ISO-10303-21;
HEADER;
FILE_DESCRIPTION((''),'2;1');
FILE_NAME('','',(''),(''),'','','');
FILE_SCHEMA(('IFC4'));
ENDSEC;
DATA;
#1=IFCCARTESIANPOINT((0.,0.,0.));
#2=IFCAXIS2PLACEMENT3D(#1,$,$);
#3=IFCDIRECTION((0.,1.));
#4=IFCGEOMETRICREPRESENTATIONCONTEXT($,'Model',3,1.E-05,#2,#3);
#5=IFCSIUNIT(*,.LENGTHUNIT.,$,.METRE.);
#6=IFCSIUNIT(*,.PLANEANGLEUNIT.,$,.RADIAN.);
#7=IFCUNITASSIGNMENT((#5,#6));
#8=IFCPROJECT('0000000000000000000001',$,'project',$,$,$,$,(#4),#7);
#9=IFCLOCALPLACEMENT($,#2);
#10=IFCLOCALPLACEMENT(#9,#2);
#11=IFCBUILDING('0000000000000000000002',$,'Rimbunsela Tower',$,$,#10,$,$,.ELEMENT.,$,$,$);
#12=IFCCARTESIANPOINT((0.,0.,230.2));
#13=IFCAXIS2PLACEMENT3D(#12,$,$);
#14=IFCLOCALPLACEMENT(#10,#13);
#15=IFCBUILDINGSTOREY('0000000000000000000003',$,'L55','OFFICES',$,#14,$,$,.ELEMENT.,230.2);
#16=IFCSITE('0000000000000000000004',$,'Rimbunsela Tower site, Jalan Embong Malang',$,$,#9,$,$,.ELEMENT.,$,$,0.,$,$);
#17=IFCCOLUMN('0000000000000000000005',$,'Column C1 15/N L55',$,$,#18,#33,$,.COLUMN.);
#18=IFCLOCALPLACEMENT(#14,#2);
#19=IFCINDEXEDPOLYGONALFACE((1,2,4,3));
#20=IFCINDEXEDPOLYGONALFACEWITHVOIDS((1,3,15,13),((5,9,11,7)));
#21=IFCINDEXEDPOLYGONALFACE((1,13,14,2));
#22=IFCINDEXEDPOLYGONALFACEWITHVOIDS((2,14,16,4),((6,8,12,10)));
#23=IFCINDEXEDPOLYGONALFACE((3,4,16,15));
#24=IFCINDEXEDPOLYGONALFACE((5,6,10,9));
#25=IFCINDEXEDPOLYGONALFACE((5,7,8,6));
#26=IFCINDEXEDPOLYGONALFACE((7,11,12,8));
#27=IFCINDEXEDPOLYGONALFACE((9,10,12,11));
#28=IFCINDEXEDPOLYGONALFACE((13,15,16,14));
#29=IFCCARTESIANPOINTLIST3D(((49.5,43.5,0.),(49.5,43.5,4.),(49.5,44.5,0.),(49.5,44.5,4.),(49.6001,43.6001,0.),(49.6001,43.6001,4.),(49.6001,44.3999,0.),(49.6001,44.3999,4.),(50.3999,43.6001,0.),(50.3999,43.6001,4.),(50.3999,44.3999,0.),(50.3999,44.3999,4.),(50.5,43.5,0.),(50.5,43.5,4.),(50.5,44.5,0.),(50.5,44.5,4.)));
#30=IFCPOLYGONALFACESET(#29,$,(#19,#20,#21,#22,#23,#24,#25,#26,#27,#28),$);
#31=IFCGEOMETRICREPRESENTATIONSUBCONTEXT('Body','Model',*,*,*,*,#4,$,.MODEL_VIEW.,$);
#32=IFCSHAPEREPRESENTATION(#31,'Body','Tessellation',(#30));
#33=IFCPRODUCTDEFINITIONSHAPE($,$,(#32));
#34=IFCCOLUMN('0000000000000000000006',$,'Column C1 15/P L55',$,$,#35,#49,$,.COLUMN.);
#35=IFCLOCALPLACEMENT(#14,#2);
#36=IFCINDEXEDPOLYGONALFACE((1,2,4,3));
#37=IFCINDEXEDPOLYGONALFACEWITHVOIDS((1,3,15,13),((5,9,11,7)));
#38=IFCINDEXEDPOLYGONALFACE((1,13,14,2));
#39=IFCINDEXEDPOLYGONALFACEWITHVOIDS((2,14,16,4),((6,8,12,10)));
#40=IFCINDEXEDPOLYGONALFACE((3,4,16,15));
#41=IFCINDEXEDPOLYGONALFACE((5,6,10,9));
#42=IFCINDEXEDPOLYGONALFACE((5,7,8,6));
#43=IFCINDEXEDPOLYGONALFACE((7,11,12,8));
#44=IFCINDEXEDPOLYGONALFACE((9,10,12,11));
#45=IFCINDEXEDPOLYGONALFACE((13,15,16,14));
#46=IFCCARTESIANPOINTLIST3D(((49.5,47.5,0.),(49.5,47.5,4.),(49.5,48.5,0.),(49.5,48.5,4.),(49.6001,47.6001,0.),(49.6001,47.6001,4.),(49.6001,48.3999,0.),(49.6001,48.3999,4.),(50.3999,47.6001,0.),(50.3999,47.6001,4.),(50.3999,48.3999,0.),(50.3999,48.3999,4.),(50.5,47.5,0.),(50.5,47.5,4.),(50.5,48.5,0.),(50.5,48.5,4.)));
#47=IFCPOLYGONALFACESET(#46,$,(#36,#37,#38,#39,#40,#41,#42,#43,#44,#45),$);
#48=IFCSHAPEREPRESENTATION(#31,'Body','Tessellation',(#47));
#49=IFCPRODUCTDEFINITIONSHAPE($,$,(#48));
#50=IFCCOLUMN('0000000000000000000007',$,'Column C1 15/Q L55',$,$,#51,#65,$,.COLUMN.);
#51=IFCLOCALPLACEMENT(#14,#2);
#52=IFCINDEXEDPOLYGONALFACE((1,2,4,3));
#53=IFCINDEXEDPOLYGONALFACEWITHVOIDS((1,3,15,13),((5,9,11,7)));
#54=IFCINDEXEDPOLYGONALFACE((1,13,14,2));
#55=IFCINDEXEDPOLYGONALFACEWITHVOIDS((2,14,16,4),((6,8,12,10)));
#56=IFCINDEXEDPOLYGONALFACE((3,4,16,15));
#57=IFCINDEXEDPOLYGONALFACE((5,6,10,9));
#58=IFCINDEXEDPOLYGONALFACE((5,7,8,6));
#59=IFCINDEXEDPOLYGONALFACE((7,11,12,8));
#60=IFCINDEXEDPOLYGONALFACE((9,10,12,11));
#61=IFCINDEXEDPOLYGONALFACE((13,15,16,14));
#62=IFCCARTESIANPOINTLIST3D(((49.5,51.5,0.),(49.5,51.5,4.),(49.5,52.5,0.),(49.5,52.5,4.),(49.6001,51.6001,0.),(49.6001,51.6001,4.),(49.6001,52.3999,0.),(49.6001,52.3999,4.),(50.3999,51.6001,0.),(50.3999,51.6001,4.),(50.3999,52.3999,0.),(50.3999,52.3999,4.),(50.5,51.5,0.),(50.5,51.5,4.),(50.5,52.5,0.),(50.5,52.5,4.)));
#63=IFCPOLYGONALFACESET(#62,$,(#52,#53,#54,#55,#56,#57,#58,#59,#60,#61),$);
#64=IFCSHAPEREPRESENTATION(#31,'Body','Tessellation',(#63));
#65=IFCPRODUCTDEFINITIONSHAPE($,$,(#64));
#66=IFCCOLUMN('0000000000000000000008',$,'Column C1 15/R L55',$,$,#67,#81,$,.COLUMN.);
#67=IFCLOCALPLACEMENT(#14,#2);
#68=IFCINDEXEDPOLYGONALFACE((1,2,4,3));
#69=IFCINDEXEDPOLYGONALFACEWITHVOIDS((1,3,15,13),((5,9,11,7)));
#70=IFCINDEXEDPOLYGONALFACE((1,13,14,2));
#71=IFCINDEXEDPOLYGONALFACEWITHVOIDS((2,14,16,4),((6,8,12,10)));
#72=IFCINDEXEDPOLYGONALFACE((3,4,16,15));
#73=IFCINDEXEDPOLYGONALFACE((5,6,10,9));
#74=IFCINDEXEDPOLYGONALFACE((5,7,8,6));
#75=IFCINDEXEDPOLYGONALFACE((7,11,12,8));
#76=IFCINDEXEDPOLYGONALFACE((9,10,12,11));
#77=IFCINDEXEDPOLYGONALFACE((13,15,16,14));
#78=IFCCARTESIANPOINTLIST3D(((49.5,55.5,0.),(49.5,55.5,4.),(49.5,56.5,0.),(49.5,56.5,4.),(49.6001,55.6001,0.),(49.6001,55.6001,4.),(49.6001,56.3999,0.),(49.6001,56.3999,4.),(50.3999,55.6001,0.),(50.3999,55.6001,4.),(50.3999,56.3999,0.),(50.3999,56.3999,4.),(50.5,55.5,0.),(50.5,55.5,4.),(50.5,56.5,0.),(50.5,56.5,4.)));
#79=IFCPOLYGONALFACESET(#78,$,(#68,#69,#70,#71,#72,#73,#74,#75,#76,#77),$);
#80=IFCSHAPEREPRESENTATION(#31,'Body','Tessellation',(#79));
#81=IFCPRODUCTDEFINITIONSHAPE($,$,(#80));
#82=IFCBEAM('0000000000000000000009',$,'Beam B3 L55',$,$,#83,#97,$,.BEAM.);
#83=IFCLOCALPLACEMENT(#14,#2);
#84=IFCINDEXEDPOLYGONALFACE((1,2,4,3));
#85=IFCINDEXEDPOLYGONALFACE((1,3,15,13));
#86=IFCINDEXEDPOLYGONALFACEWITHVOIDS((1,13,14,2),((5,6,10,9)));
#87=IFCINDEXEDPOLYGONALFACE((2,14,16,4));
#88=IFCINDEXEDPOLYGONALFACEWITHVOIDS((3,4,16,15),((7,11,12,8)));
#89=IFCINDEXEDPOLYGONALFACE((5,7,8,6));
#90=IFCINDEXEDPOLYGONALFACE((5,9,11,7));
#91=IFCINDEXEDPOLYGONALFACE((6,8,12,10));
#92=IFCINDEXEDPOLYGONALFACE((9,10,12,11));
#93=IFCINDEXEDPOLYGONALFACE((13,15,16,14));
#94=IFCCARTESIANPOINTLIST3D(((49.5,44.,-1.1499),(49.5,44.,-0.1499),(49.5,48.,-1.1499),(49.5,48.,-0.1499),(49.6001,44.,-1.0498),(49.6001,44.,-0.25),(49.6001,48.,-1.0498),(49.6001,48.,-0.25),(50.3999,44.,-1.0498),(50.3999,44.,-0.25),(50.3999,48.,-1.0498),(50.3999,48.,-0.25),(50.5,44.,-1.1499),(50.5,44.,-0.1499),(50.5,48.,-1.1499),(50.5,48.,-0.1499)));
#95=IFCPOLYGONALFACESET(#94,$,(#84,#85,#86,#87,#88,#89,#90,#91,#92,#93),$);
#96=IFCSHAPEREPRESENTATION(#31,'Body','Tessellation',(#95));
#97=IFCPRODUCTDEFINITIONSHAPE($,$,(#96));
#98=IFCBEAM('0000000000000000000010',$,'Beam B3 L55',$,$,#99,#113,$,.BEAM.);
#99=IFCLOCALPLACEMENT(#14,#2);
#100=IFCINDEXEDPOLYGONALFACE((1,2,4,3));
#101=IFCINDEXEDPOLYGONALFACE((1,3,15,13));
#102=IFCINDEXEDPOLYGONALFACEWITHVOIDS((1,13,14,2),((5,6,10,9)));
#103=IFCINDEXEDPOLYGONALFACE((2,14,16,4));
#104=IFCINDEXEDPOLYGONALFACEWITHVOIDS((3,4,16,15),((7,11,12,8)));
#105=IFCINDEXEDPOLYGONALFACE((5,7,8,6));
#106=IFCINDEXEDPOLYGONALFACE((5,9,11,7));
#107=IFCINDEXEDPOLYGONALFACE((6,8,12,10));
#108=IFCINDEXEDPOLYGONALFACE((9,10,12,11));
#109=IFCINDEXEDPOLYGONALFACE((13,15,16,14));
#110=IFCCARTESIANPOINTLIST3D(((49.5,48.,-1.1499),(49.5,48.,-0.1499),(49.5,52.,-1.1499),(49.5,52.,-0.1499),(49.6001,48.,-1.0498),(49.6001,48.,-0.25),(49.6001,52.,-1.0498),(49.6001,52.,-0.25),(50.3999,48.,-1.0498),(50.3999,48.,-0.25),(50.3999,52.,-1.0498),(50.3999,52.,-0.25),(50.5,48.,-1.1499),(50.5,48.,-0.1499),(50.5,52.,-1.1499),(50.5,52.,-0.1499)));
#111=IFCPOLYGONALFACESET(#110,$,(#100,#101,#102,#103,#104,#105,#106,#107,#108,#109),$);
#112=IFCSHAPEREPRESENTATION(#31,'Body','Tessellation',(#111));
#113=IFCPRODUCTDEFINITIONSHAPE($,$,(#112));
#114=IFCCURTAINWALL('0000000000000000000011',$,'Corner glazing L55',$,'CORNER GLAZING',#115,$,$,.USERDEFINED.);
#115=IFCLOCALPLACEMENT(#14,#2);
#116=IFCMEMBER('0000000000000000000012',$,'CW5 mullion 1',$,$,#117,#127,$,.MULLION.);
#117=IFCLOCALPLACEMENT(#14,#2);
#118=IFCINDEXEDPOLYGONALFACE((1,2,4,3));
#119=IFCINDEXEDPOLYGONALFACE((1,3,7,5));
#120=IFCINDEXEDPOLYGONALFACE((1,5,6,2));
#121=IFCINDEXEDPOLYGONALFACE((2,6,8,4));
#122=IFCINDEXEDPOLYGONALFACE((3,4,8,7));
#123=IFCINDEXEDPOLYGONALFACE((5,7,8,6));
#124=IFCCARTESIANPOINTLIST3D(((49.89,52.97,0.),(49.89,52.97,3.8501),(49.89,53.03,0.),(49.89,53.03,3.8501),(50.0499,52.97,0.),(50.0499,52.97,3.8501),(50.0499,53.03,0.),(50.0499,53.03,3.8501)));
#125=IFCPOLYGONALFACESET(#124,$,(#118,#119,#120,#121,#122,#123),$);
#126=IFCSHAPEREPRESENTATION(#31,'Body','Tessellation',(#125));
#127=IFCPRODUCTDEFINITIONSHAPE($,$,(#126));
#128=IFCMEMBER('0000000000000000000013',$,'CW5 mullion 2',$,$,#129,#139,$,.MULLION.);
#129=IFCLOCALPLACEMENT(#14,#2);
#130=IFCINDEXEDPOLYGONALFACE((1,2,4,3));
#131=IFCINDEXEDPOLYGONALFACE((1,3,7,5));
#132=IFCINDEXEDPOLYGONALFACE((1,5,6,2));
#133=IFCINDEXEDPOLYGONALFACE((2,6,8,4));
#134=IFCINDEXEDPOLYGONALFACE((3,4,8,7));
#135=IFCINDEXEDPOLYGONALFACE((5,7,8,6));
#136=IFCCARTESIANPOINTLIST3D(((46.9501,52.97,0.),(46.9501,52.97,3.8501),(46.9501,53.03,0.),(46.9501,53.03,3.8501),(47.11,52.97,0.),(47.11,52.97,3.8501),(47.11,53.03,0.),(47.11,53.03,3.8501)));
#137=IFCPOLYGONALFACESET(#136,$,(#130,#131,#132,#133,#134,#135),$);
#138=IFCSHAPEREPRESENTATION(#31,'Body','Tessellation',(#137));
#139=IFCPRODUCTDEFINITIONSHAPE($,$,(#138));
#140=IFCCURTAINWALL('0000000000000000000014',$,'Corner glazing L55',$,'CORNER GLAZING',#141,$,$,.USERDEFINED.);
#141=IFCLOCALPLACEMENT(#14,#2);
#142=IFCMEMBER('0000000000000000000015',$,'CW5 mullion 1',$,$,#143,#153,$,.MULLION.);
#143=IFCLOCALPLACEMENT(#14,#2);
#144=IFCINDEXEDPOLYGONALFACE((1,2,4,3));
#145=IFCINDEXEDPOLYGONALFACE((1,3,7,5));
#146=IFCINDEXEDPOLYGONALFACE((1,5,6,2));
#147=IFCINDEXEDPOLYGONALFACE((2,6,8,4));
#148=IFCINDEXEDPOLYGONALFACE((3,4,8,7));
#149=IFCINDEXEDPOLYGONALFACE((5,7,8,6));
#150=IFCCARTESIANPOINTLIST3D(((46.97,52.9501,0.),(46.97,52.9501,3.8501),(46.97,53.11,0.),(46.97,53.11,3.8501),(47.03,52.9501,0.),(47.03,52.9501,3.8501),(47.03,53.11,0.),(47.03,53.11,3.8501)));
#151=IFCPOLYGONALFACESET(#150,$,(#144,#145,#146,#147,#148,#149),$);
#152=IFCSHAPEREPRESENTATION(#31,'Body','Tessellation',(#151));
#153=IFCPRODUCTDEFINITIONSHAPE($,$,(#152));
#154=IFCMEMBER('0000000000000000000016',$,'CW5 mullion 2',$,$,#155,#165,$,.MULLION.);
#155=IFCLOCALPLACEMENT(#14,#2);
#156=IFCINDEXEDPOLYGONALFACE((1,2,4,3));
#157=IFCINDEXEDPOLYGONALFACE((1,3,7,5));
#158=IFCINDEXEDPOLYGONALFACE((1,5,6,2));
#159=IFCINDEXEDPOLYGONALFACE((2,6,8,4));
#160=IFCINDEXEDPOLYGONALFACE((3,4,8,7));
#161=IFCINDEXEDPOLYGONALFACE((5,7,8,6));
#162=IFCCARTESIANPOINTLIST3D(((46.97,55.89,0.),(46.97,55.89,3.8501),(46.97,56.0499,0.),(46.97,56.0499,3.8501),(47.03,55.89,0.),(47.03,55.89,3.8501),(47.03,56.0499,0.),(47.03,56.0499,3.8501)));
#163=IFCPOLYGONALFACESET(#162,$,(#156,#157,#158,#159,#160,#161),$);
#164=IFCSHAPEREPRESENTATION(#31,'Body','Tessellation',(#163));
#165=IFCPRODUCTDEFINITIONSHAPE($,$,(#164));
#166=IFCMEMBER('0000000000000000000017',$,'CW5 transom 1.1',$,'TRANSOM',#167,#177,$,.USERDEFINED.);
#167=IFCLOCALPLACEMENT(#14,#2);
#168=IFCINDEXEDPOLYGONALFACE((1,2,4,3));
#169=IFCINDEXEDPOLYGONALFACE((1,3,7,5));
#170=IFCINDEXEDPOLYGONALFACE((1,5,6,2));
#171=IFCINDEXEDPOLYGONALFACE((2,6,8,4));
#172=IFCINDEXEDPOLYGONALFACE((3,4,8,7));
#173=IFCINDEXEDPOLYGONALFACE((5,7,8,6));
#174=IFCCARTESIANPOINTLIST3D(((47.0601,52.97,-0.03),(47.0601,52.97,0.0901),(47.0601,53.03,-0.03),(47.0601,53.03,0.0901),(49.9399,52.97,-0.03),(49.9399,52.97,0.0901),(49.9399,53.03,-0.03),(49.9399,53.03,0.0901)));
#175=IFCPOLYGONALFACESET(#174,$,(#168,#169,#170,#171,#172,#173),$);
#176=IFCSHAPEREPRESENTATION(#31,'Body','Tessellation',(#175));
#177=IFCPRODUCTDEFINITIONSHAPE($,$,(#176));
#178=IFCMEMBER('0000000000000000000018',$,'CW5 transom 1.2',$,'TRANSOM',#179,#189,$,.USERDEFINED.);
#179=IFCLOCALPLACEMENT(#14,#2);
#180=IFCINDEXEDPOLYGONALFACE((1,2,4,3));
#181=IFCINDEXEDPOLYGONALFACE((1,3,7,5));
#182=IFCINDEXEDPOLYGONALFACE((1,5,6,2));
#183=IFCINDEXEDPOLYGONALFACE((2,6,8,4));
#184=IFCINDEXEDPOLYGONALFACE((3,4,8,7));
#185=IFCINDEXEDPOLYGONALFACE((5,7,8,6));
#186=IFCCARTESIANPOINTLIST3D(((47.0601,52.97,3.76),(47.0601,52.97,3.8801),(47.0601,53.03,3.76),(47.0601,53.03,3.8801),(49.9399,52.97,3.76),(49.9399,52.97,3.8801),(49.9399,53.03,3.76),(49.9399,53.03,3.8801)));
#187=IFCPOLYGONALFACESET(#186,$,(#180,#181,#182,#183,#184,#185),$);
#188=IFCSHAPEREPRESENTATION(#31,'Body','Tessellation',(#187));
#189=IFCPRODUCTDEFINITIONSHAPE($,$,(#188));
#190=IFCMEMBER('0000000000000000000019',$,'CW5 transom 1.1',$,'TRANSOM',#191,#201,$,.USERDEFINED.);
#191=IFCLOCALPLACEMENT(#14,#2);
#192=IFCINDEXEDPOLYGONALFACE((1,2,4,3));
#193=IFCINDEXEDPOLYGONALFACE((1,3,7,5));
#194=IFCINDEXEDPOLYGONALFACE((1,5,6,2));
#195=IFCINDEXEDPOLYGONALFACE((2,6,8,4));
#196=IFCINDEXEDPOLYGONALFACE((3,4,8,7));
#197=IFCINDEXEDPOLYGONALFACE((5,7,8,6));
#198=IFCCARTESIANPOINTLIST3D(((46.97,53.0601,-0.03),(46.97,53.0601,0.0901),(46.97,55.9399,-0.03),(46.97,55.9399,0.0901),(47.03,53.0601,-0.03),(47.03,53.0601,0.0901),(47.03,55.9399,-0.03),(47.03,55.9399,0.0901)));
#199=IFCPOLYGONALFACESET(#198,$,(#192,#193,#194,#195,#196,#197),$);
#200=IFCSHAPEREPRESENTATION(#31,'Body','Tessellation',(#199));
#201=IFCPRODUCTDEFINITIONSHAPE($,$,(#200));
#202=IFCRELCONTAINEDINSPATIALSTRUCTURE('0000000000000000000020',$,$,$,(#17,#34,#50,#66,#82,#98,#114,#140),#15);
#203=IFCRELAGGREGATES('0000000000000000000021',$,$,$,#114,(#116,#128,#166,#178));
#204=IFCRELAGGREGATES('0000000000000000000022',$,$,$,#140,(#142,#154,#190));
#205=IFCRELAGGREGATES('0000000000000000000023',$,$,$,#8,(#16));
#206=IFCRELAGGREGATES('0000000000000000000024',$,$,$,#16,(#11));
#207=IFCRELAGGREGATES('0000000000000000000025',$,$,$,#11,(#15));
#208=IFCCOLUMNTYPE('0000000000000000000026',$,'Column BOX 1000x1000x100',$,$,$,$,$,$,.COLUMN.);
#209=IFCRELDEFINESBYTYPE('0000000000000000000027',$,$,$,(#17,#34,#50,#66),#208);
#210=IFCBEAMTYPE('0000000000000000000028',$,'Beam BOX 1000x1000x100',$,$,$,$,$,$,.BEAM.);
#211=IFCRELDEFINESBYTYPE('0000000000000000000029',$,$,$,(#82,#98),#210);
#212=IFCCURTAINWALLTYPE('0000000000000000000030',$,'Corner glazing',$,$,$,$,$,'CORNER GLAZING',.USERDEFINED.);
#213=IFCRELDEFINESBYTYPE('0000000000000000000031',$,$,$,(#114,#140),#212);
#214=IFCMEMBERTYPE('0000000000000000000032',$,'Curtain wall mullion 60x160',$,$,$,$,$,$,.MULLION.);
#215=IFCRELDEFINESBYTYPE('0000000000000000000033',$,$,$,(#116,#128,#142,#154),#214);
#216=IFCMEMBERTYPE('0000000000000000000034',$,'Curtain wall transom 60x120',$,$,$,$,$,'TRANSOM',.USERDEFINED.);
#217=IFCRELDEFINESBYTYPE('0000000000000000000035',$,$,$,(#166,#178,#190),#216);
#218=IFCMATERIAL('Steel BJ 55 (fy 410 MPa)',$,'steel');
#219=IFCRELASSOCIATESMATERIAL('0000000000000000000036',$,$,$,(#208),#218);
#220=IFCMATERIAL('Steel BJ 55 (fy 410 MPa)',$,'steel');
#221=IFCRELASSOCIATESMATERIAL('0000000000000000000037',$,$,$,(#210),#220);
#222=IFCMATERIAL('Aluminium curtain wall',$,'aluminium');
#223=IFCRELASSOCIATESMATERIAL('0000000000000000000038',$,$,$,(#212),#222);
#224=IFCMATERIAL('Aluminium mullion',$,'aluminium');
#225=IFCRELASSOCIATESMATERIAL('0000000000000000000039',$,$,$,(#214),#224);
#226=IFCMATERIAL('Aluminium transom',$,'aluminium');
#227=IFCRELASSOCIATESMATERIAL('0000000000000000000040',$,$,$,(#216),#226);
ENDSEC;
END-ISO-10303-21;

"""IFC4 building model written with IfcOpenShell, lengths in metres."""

from ifc_helpers import new_model, si_unit, direction, frame, origin, origin_2d, place, context, subcontext, project, spatial, rectangle, hollow_rectangle, extrude, material, material_profile, profile_set, type_object, element, aggregate, save


model = new_model("IFC4")

# Units and contexts
model_context = context("Model", 3, precision=1e-05, world=origin(), true_north=direction((0.0, 1.0)))
body_context = subcontext(model_context, "Body", "Model", "MODEL_VIEW")
ifc_project = project(units=[si_unit("LENGTHUNIT", "METRE"), si_unit("PLANEANGLEUNIT", "RADIAN")], contexts=[model_context])

# Site, building, storey
site_placement = place(None, origin())
site = spatial("IfcSite", under=ifc_project, at=site_placement, Name="Rimbunsela Tower site, Jalan Embong Malang", CompositionType="ELEMENT", RefElevation=0.0)
building_placement = place(site_placement, origin())
building = spatial("IfcBuilding", under=site, at=building_placement, Name="Rimbunsela Tower", CompositionType="ELEMENT")
storey_placement = place(building_placement, frame((0.0, 0.0, 230.2)))
storey = spatial("IfcBuildingStorey", under=building, at=storey_placement, Name="L55", Description="OFFICES", CompositionType="ELEMENT", Elevation=230.2)

# Columns
ifc_material_1 = material(Name="Steel BJ 55 (fy 410 MPa)", Category="steel")
ifc_material_profile_1 = material_profile(ifc_material_1, hollow_rectangle(XDim=1.0, YDim=1.0, WallThickness=0.1001, at=origin_2d()), Name="BOX 1000x1000x100")
ifc_profile_set_1 = profile_set([ifc_material_profile_1], Name="Steel BJ 55 (fy 410 MPa)")
column_type = type_object("IfcColumnType", Name="Column BOX 1000x1000x100", PredefinedType="COLUMN", material=ifc_profile_set_1)
for number, where, z_axis, x_axis, name in (
    (1, (50.0, 44.0, 0.0), (0.0, 0.0, 1.0), (1.0, 0.0, 0.0), "Column C1 15/N L55"),
    (2, (50.0, 48.0, 0.0), (0.0, 0.0, 1.0), (1.0, 0.0, 0.0), "Column C1 15/P L55"),
    (3, (50.0, 52.0, 0.0), (0.0, 0.0, 1.0), (1.0, 0.0, 0.0), "Column C1 15/Q L55"),
    (4, (50.0, 56.0, 0.0), (0.0, 0.0, 1.0), (1.0, 0.0, 0.0), "Column C1 15/R L55"),
):
    element("IfcColumn", number, at=place(storey_placement, frame(where, z_axis=z_axis, x_axis=x_axis)), inside=storey, type_object=column_type, Name=name, PredefinedType="COLUMN", context=body_context, shape_type="SweptSolid", body=[
        extrude(hollow_rectangle(XDim=1.0, YDim=1.0, WallThickness=0.1001, at=origin_2d()), origin(), (0.0, 0.0, 1.0), 4.0),
    ])

# Beams
ifc_material_2 = material(Name="Steel BJ 55 (fy 410 MPa)", Category="steel")
ifc_material_profile_2 = material_profile(ifc_material_2, hollow_rectangle(XDim=1.0, YDim=1.0, WallThickness=0.1001, at=origin_2d()), Name="BOX 1000x1000x100")
ifc_profile_set_2 = profile_set([ifc_material_profile_2], Name="Steel BJ 55 (fy 410 MPa)")
beam_type = type_object("IfcBeamType", Name="Beam BOX 1000x1000x100", PredefinedType="BEAM", material=ifc_profile_set_2)
for number, where, z_axis, x_axis, name in (
    (5, (50.0, 44.0, -0.6499), (0.0, 1.0, 0.0), (-1.0, 0.0, 0.0), "Beam B3 L55"),
    (6, (50.0, 48.0, -0.6499), (0.0, 1.0, 0.0), (-1.0, 0.0, 0.0), "Beam B3 L55"),
):
    element("IfcBeam", number, at=place(storey_placement, frame(where, z_axis=z_axis, x_axis=x_axis)), inside=storey, type_object=beam_type, Name=name, PredefinedType="BEAM", context=body_context, shape_type="SweptSolid", body=[
        extrude(hollow_rectangle(XDim=1.0, YDim=1.0, WallThickness=0.1001, at=origin_2d()), origin(), (0.0, 0.0, 1.0), 4.0),
    ])

# Curtain walls, members
ifc_material_3 = material(Name="Aluminium curtain wall", Category="aluminium")
curtain_wall_type = type_object("IfcCurtainWallType", Name="Corner glazing", ElementType="CORNER GLAZING", PredefinedType="USERDEFINED", material=ifc_material_3)
curtain_wall_1_placement = place(storey_placement, origin())
curtain_wall_1 = element("IfcCurtainWall", 7, at=curtain_wall_1_placement, inside=storey, type_object=curtain_wall_type, Name="Corner glazing L55", ObjectType="CORNER GLAZING", PredefinedType="USERDEFINED")
ifc_material_4 = material(Name="Aluminium mullion", Category="aluminium")
ifc_material_profile_3 = material_profile(ifc_material_4, rectangle(XDim=0.0601, YDim=0.1599, at=origin_2d()), Name="Mullion 60x160")
ifc_profile_set_3 = profile_set([ifc_material_profile_3], Name="Aluminium mullion")
member_type_1 = type_object("IfcMemberType", Name="Curtain wall mullion 60x160", PredefinedType="MULLION", material=ifc_profile_set_3)
member_1_placement = place(storey_placement, frame((49.97, 53.0, 0.0), z_axis=(0.0, 0.0, 1.0), x_axis=(0.0, -1.0, 0.0)))
member_1 = element("IfcMember", 8, at=member_1_placement, type_object=member_type_1, Name="CW5 mullion 1", PredefinedType="MULLION", context=body_context, shape_type="SweptSolid", body=[
    extrude(rectangle(XDim=0.0601, YDim=0.1599, at=origin_2d()), origin(), (0.0, 0.0, 1.0), 3.8501),
])
member_2_placement = place(storey_placement, frame((47.03, 53.0, 0.0), z_axis=(0.0, 0.0, 1.0), x_axis=(0.0, -1.0, 0.0)))
member_2 = element("IfcMember", 9, at=member_2_placement, type_object=member_type_1, Name="CW5 mullion 2", PredefinedType="MULLION", context=body_context, shape_type="SweptSolid", body=[
    extrude(rectangle(XDim=0.0601, YDim=0.1599, at=origin_2d()), origin(), (0.0, 0.0, 1.0), 3.8501),
])
curtain_wall_2_placement = place(storey_placement, origin())
curtain_wall_2 = element("IfcCurtainWall", 10, at=curtain_wall_2_placement, inside=storey, type_object=curtain_wall_type, Name="Corner glazing L55", ObjectType="CORNER GLAZING", PredefinedType="USERDEFINED")
member_3_placement = place(storey_placement, frame((47.0, 53.03, 0.0), z_axis=(0.0, 0.0, 1.0), x_axis=(-1.0, 0.0, 0.0)))
member_3 = element("IfcMember", 11, at=member_3_placement, type_object=member_type_1, Name="CW5 mullion 1", PredefinedType="MULLION", context=body_context, shape_type="SweptSolid", body=[
    extrude(rectangle(XDim=0.0601, YDim=0.1599, at=origin_2d()), origin(), (0.0, 0.0, 1.0), 3.8501),
])
member_4_placement = place(storey_placement, frame((47.0, 55.97, 0.0), z_axis=(0.0, 0.0, 1.0), x_axis=(-1.0, 0.0, 0.0)))
member_4 = element("IfcMember", 12, at=member_4_placement, type_object=member_type_1, Name="CW5 mullion 2", PredefinedType="MULLION", context=body_context, shape_type="SweptSolid", body=[
    extrude(rectangle(XDim=0.0601, YDim=0.1599, at=origin_2d()), origin(), (0.0, 0.0, 1.0), 3.8501),
])

# Members
ifc_material_5 = material(Name="Aluminium transom", Category="aluminium")
ifc_material_profile_4 = material_profile(ifc_material_5, rectangle(XDim=0.0601, YDim=0.1201, at=origin_2d()), Name="Transom 60x120")
ifc_profile_set_4 = profile_set([ifc_material_profile_4], Name="Aluminium transom")
member_type_2 = type_object("IfcMemberType", Name="Curtain wall transom 60x120", ElementType="TRANSOM", PredefinedType="USERDEFINED", material=ifc_profile_set_4)
member_5_placement = place(storey_placement, frame((49.9399, 53.0, 0.03), z_axis=(-1.0, 0.0, 0.0), x_axis=(0.0, -1.0, 0.0)))
member_5 = element("IfcMember", 13, at=member_5_placement, type_object=member_type_2, Name="CW5 transom 1.1", ObjectType="TRANSOM", PredefinedType="USERDEFINED", context=body_context, shape_type="SweptSolid", body=[
    extrude(rectangle(XDim=0.0601, YDim=0.1201, at=origin_2d()), origin(), (0.0, 0.0, 1.0), 2.8799),
])
member_6_placement = place(storey_placement, frame((49.9399, 53.0, 3.8201), z_axis=(-1.0, 0.0, 0.0), x_axis=(0.0, -1.0, 0.0)))
member_6 = element("IfcMember", 14, at=member_6_placement, type_object=member_type_2, Name="CW5 transom 1.2", ObjectType="TRANSOM", PredefinedType="USERDEFINED", context=body_context, shape_type="SweptSolid", body=[
    extrude(rectangle(XDim=0.0601, YDim=0.1201, at=origin_2d()), origin(), (0.0, 0.0, 1.0), 2.8799),
])
member_7_placement = place(storey_placement, frame((47.0, 53.0601, 0.03), z_axis=(0.0, 1.0, 0.0), x_axis=(-1.0, 0.0, 0.0)))
member_7 = element("IfcMember", 15, at=member_7_placement, type_object=member_type_2, Name="CW5 transom 1.1", ObjectType="TRANSOM", PredefinedType="USERDEFINED", context=body_context, shape_type="SweptSolid", body=[
    extrude(rectangle(XDim=0.0601, YDim=0.1201, at=origin_2d()), origin(), (0.0, 0.0, 1.0), 2.8799),
])

aggregate(curtain_wall_1, [member_1, member_2, member_5, member_6])
aggregate(curtain_wall_2, [member_3, member_4, member_7])

save(model, "model.ifc")
